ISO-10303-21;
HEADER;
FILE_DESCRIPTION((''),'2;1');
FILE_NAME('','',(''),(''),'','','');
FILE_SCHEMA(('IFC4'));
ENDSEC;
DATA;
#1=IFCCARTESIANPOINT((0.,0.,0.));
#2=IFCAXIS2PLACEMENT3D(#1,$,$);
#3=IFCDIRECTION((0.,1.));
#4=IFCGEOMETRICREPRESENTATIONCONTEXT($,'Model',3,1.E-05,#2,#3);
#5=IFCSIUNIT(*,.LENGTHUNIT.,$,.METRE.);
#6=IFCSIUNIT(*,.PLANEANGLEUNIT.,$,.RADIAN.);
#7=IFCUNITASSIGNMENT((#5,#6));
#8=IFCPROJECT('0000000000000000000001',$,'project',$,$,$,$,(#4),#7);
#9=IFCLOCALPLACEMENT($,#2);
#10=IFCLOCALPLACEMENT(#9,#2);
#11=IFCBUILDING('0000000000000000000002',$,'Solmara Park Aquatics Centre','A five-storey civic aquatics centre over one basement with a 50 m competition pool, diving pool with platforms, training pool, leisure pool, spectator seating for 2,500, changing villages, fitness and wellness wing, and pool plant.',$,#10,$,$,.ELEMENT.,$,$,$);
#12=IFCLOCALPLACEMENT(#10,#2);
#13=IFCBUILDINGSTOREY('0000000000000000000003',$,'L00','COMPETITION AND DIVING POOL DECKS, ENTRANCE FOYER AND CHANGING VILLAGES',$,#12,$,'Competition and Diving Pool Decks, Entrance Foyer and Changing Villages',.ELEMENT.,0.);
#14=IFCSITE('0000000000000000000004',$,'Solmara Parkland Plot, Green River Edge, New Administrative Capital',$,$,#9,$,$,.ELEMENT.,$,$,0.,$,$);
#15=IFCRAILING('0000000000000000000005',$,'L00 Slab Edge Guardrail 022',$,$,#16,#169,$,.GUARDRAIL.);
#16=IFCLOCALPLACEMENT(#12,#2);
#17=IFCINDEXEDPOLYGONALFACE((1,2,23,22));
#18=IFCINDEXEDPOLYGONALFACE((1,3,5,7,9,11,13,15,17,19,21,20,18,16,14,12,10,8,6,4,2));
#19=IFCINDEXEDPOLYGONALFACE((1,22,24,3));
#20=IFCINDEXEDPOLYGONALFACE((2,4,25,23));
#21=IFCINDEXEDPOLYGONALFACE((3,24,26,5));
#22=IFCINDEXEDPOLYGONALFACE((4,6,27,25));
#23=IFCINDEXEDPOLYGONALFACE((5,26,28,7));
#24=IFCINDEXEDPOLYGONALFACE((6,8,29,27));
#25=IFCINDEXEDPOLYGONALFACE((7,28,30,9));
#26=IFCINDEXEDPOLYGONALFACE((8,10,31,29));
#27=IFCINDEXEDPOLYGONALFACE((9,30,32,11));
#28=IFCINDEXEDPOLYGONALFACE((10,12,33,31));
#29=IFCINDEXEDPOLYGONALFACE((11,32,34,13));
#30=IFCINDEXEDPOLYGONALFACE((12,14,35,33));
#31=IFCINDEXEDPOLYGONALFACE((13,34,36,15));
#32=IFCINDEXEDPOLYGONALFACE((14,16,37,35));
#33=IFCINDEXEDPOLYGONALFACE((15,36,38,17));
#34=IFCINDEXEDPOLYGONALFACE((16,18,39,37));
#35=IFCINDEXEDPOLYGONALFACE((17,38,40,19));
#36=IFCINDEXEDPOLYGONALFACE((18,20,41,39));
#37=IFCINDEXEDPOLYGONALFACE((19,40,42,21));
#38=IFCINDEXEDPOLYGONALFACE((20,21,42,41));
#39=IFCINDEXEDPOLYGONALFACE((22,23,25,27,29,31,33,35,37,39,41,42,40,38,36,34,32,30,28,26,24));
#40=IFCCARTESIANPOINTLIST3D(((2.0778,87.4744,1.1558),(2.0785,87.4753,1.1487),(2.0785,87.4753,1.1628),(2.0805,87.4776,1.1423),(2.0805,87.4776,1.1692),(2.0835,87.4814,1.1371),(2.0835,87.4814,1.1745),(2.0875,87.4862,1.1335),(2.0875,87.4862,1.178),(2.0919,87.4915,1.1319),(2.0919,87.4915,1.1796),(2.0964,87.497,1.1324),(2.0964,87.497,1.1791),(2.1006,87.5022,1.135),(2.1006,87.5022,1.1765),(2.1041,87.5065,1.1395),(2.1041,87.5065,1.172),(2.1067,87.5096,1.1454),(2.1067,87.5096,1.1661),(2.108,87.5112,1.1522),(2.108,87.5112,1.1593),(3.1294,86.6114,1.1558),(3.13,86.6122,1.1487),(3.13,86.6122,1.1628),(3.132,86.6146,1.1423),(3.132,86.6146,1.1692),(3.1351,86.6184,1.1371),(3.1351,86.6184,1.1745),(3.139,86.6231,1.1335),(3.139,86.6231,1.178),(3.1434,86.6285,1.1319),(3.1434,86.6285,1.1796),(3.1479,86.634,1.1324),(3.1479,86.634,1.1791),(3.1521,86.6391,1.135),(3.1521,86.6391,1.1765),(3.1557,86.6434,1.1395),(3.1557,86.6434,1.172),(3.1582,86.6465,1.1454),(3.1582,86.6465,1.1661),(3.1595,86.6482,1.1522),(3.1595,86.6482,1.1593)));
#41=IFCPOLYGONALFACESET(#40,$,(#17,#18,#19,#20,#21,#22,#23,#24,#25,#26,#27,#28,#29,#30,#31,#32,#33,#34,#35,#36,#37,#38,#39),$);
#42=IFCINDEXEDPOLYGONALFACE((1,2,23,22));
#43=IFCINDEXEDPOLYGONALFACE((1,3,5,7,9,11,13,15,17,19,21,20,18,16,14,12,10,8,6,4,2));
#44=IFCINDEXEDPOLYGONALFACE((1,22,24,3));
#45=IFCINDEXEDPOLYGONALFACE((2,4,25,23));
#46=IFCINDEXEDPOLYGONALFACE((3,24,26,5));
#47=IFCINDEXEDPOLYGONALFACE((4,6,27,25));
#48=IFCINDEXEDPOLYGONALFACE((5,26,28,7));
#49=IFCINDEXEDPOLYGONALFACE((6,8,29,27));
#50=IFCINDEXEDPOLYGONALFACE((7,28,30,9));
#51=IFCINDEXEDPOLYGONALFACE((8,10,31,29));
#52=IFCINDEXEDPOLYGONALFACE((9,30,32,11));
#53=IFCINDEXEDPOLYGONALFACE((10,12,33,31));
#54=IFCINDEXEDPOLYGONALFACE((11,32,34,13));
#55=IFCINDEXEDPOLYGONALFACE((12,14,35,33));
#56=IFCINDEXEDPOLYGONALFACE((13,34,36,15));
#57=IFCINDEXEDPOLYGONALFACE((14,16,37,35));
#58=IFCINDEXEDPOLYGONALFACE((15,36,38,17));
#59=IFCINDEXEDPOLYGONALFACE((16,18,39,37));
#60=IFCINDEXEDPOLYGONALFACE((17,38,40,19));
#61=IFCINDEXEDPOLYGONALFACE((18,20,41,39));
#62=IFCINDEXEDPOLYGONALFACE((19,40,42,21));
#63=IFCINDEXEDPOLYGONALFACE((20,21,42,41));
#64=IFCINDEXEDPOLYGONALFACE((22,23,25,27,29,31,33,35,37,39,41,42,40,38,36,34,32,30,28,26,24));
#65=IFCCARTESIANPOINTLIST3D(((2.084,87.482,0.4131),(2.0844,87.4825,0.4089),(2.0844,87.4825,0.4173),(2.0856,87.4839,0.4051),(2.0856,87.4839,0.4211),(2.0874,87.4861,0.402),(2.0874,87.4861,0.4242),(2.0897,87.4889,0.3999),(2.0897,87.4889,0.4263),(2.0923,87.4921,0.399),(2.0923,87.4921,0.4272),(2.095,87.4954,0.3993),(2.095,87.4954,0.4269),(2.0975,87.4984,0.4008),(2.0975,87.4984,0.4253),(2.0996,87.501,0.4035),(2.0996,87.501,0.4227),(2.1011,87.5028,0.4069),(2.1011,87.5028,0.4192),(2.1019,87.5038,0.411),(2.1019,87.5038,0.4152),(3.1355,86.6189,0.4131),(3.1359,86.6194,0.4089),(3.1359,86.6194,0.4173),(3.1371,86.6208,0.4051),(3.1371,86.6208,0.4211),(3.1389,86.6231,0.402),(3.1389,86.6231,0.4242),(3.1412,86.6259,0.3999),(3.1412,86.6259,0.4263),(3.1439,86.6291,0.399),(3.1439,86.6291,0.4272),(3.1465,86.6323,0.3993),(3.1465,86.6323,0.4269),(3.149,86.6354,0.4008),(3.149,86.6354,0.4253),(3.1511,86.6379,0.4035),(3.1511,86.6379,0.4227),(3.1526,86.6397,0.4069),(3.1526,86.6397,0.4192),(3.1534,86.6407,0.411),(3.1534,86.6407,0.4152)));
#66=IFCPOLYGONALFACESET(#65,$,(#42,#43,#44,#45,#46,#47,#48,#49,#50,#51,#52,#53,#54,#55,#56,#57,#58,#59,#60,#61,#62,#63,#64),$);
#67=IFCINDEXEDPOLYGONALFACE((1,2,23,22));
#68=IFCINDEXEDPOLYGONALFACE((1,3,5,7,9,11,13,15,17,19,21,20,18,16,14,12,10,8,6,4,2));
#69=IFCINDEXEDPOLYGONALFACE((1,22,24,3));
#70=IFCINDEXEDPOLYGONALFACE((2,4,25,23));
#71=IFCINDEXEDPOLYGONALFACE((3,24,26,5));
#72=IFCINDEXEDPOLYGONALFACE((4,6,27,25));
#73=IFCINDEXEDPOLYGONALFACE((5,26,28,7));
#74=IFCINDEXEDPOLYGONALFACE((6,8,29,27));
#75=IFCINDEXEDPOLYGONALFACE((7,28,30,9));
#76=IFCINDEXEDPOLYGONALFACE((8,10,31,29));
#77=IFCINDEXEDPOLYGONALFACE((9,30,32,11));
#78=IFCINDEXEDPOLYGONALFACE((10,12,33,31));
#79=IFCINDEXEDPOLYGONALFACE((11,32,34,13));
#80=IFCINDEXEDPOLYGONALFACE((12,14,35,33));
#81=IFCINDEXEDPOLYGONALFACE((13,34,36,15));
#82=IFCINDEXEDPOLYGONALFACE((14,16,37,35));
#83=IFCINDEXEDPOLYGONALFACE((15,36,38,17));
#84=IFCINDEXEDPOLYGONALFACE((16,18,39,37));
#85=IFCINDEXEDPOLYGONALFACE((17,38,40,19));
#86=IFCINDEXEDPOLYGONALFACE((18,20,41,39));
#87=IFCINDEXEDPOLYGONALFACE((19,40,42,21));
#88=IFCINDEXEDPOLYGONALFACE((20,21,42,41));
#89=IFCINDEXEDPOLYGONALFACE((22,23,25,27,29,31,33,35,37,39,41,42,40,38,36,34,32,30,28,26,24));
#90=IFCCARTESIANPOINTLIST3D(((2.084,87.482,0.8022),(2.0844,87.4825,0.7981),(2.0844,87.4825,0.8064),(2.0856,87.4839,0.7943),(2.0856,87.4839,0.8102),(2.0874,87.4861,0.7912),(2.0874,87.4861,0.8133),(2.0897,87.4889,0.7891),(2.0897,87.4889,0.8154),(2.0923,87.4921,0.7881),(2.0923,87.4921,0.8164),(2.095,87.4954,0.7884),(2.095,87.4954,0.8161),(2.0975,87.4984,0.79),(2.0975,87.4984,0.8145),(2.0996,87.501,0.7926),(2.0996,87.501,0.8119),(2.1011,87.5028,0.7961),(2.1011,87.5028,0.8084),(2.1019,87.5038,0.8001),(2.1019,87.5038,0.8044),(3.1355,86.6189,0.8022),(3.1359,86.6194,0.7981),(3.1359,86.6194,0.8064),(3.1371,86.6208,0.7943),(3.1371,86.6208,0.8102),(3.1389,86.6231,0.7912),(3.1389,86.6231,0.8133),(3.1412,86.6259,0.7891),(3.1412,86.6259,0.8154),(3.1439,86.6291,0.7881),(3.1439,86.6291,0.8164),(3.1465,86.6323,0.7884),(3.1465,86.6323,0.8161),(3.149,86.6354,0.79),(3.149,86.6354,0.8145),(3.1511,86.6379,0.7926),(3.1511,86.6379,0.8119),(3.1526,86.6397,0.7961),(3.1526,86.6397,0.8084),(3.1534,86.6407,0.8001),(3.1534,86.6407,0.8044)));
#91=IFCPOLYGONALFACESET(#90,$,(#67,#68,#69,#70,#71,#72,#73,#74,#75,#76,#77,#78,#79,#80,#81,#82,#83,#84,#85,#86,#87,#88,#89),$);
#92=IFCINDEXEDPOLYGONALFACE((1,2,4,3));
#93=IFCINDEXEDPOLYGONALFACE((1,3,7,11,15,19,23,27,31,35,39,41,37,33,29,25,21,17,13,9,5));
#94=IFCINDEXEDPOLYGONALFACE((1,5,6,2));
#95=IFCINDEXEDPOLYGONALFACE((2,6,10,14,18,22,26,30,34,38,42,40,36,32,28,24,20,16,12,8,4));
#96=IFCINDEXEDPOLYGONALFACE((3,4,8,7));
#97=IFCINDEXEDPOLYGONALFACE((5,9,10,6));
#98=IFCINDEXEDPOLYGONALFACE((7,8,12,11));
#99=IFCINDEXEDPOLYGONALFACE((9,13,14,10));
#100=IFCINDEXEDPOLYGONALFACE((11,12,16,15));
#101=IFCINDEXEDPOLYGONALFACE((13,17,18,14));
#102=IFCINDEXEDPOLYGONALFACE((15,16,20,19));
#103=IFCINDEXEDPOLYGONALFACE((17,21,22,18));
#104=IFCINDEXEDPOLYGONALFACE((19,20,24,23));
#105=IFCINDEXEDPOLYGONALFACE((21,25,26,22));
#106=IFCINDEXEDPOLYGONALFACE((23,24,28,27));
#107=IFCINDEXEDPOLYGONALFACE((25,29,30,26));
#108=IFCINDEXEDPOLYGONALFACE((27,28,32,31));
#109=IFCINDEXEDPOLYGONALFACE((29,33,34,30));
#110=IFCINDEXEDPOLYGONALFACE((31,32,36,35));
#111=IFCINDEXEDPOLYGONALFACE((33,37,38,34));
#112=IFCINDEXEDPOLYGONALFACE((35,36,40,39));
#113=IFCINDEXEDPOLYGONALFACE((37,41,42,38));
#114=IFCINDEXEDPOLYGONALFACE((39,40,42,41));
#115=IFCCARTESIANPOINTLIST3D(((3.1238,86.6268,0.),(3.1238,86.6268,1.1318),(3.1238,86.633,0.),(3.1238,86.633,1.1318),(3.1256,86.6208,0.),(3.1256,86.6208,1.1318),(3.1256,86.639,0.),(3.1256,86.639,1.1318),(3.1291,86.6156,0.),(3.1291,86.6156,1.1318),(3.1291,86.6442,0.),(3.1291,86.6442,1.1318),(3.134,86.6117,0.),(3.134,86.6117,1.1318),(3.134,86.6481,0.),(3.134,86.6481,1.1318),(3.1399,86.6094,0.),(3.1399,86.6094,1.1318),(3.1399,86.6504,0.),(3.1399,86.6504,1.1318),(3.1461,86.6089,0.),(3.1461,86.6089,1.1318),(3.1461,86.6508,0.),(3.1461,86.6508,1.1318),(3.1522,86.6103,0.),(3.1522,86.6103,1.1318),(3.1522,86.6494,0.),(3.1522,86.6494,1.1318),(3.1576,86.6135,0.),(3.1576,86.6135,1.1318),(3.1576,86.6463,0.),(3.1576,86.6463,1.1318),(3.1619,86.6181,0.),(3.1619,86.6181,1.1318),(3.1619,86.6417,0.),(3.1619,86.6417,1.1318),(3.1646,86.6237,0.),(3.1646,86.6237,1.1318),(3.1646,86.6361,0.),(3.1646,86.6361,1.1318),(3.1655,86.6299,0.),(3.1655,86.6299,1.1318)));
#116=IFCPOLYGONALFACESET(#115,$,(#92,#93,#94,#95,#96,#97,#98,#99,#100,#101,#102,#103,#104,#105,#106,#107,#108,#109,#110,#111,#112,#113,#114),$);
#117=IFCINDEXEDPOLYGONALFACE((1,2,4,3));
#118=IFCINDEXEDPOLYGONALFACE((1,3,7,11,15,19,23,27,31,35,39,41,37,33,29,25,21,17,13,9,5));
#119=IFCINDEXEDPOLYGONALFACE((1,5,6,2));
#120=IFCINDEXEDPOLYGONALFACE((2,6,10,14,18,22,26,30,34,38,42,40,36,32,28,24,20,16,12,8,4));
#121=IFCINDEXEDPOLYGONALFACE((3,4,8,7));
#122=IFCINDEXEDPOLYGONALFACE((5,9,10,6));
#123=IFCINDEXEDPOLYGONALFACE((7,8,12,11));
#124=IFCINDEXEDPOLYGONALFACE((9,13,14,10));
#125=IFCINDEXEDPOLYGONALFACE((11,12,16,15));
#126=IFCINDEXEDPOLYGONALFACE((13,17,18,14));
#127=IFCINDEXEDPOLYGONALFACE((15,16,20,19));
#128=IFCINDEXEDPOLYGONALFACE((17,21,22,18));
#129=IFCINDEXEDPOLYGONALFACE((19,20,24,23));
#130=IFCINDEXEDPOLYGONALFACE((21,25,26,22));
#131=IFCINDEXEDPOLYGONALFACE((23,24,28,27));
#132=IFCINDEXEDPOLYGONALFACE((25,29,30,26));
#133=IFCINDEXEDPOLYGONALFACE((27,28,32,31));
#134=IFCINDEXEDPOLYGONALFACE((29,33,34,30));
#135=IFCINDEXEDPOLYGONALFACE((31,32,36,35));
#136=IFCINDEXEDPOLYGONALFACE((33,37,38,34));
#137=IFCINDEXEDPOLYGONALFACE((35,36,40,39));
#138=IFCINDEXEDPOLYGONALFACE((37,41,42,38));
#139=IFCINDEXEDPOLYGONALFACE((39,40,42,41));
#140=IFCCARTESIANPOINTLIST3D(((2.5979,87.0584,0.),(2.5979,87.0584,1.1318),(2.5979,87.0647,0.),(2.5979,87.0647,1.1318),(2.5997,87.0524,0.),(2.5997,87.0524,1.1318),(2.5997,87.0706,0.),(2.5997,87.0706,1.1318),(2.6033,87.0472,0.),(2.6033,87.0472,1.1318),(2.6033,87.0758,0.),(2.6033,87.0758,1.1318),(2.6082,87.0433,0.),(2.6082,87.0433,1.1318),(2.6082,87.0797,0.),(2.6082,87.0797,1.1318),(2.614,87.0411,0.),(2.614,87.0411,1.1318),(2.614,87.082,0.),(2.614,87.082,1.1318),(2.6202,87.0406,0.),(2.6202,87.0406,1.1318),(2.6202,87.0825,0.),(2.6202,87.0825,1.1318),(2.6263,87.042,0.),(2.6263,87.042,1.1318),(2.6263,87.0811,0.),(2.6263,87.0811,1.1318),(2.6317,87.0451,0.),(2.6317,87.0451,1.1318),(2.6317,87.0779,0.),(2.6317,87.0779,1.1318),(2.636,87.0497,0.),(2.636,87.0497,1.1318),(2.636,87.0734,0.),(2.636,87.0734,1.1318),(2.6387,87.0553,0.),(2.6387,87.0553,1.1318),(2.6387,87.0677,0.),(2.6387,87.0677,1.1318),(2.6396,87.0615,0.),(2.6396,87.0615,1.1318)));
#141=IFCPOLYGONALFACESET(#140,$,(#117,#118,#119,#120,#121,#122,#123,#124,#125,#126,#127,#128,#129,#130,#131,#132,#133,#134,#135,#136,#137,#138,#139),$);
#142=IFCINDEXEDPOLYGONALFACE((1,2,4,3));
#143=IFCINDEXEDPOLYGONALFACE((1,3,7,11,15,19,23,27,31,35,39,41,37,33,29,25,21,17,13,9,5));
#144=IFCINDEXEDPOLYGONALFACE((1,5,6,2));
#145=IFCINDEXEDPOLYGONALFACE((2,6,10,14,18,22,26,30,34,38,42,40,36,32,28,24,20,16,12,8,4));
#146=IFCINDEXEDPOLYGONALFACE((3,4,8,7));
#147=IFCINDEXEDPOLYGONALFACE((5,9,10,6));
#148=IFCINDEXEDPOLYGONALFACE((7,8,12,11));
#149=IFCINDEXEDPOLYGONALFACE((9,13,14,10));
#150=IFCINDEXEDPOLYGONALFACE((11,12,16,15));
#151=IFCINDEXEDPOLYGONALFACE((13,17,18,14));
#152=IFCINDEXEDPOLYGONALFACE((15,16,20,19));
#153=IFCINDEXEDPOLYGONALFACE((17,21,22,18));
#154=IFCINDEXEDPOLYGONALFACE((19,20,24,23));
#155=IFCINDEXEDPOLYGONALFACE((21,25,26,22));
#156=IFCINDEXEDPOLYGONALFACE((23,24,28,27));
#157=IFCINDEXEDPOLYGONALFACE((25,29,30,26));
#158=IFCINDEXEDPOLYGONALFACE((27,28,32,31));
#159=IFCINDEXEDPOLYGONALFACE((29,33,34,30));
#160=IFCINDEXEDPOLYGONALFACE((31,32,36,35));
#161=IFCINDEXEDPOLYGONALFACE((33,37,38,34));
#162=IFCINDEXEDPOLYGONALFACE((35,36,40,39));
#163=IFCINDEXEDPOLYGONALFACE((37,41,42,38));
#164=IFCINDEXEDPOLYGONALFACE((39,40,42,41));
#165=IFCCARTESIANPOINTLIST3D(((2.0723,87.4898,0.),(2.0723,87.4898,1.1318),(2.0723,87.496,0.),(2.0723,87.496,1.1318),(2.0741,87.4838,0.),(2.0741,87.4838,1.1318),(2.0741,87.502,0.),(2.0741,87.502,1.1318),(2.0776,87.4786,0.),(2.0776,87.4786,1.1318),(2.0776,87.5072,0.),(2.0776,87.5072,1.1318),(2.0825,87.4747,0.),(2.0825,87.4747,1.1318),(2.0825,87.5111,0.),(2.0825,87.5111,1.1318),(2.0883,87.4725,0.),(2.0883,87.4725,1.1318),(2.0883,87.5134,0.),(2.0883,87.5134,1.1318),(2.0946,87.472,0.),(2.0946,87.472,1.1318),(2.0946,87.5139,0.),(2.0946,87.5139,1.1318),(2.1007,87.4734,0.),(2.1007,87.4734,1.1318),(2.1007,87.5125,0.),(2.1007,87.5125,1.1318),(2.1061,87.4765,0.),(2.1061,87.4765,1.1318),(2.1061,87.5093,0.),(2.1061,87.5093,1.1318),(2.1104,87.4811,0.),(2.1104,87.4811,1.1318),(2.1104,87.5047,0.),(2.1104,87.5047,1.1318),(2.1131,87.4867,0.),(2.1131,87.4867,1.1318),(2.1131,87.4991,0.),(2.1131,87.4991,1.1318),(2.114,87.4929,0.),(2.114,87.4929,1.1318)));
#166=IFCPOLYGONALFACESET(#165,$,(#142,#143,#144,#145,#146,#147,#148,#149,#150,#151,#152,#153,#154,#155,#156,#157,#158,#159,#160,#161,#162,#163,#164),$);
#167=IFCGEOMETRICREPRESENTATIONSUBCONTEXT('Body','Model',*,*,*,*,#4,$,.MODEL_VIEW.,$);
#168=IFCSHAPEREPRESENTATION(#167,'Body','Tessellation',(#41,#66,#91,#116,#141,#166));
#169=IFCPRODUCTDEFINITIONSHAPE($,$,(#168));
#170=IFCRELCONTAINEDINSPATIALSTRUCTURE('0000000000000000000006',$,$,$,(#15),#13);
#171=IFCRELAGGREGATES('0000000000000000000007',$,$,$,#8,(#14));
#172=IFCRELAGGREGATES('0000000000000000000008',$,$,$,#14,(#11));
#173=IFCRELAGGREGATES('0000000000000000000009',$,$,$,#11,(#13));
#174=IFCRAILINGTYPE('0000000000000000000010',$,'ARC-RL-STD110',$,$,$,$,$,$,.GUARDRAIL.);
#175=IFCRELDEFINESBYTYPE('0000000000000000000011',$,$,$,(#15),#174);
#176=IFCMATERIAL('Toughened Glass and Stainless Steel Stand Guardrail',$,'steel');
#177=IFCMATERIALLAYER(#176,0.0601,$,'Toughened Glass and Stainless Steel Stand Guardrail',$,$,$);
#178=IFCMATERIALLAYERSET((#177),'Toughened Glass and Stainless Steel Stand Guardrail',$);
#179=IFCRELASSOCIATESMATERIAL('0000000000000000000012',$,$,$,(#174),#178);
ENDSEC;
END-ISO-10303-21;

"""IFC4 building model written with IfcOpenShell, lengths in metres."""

from ifc_helpers import new_model, si_unit, direction, frame, origin, origin_2d, place, context, subcontext, project, spatial, circle, extrude, material, layer, layer_set, type_object, element, save


model = new_model("IFC4")

# Units and contexts
model_context = context("Model", 3, precision=1e-05, world=origin(), true_north=direction((0.0, 1.0)))
body_context = subcontext(model_context, "Body", "Model", "MODEL_VIEW")
ifc_project = project(units=[si_unit("LENGTHUNIT", "METRE"), si_unit("PLANEANGLEUNIT", "RADIAN")], contexts=[model_context])

# Site, building, storey
site_placement = place(None, origin())
site = spatial("IfcSite", under=ifc_project, at=site_placement, Name="Solmara Parkland Plot, Green River Edge, New Administrative Capital", CompositionType="ELEMENT", RefElevation=0.0)
building_placement = place(site_placement, origin())
building = spatial("IfcBuilding", under=site, at=building_placement, Name="Solmara Park Aquatics Centre", Description="A five-storey civic aquatics centre over one basement with a 50 m competition pool, diving pool with platforms, training pool, leisure pool, spectator seating for 2,500, changing villages, fitness and wellness wing, and pool plant.", CompositionType="ELEMENT")
storey_placement = place(building_placement, origin())
storey = spatial("IfcBuildingStorey", under=building, at=storey_placement, Name="L00", Description="COMPETITION AND DIVING POOL DECKS, ENTRANCE FOYER AND CHANGING VILLAGES", LongName="Competition and Diving Pool Decks, Entrance Foyer and Changing Villages", CompositionType="ELEMENT", Elevation=0.0)

# Railing
ifc_material_1 = material(Name="Toughened Glass and Stainless Steel Stand Guardrail", Category="steel")
ifc_layer_1 = layer(ifc_material_1, 0.0601, Name="Toughened Glass and Stainless Steel Stand Guardrail")
ifc_layer_set_1 = layer_set([ifc_layer_1], Name="Toughened Glass and Stainless Steel Stand Guardrail")
railing_type_1 = type_object("IfcRailingType", Name="ARC-RL-STD110", PredefinedType="GUARDRAIL", material=ifc_layer_set_1)
railing_1_placement = place(storey_placement, frame((3.1445, 86.6299, 0.0)))
element("IfcRailing", 1, at=railing_1_placement, inside=storey, type_object=railing_type_1, Name="L00 Slab Edge Guardrail 022", PredefinedType="GUARDRAIL", context=body_context, shape_type="SweptSolid", body=[
    extrude(circle(Radius=0.0239, at=origin_2d()), frame((0.0, 0.0, 1.1558), z_axis=(-0.772981, 0.634429, 0.0), x_axis=(-0.634429, -0.772981, 0.0)), (0.0, 0.0, 1.0), 1.3604),
    extrude(circle(Radius=0.0142, at=origin_2d()), frame((0.0, 0.0, 0.4131), z_axis=(-0.772981, 0.634429, 0.0), x_axis=(-0.634429, -0.772981, 0.0)), (0.0, 0.0, 1.0), 1.3604),
    extrude(circle(Radius=0.0142, at=origin_2d()), frame((0.0, 0.0, 0.8022), z_axis=(-0.772981, 0.634429, 0.0), x_axis=(-0.634429, -0.772981, 0.0)), (0.0, 0.0, 1.0), 1.3604),
    extrude(circle(Radius=0.021, at=origin_2d()), origin(), (0.0, 0.0, 1.0), 1.1318),
    extrude(circle(Radius=0.021, at=origin_2d()), frame((-0.5259, 0.4316, 0.0)), (0.0, 0.0, 1.0), 1.1318),
    extrude(circle(Radius=0.021, at=origin_2d()), frame((-1.0515, 0.863, 0.0)), (0.0, 0.0, 1.0), 1.1318),
])

save(model, "model.ifc")
